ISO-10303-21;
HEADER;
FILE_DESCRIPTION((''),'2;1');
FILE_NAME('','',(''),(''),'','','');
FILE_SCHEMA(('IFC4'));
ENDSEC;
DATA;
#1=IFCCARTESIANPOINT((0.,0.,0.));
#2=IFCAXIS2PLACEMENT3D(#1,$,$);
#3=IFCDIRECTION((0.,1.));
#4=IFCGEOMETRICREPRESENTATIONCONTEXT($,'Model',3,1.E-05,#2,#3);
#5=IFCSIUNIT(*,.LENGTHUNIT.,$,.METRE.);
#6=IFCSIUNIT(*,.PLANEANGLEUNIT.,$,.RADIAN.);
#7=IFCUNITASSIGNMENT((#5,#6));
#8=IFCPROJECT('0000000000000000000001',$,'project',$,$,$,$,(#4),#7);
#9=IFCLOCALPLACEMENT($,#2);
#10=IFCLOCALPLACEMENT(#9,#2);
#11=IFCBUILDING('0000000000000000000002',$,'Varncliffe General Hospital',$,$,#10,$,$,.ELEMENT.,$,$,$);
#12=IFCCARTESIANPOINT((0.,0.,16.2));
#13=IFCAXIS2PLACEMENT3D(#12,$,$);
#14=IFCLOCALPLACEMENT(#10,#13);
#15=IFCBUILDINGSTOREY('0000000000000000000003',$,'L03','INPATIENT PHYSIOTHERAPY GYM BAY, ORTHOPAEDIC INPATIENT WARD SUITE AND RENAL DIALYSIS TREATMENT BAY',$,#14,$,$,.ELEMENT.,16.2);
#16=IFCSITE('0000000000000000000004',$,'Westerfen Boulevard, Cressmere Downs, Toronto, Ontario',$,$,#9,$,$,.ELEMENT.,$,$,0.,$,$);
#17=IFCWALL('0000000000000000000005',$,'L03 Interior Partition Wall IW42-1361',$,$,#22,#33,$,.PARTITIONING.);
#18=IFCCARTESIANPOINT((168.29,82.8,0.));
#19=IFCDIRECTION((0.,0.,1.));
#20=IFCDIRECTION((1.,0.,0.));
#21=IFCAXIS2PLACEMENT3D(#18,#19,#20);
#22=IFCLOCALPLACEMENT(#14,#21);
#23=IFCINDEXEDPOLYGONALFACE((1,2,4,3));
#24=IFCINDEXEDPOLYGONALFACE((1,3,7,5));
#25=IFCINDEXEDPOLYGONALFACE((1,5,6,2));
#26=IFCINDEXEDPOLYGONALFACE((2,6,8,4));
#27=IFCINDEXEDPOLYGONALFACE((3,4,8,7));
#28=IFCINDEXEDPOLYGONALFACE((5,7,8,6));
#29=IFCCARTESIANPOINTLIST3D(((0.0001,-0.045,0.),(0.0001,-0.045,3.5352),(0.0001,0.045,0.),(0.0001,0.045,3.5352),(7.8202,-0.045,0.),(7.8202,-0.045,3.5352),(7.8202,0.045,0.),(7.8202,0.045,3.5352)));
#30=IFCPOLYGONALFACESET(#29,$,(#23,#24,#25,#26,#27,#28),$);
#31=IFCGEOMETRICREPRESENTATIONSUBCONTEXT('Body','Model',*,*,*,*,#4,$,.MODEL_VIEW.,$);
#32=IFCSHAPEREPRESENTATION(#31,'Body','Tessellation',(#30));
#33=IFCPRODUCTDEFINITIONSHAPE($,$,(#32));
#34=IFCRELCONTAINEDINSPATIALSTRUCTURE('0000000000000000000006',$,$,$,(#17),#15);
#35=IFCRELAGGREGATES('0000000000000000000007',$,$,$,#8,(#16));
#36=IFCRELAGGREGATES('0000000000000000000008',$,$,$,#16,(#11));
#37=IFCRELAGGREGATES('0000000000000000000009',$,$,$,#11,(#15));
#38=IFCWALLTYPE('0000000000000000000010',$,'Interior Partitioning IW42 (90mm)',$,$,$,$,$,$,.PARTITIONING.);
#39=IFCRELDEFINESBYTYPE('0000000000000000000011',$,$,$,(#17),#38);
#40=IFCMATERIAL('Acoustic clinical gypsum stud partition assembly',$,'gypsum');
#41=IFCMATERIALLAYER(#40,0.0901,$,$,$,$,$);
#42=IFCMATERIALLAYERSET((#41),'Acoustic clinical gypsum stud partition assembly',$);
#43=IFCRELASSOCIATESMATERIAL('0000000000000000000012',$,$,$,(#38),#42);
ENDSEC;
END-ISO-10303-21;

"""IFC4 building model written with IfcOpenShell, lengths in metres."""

from ifc_helpers import new_model, si_unit, direction, frame, frame_2d, origin, place, context, subcontext, project, spatial, rectangle, extrude, material, layer, layer_set, type_object, element, save


model = new_model("IFC4")

# Units and contexts
model_context = context("Model", 3, precision=1e-05, world=origin(), true_north=direction((0.0, 1.0)))
body_context = subcontext(model_context, "Body", "Model", "MODEL_VIEW")
ifc_project = project(units=[si_unit("LENGTHUNIT", "METRE"), si_unit("PLANEANGLEUNIT", "RADIAN")], contexts=[model_context])

# Site, building, storey
site_placement = place(None, origin())
site = spatial("IfcSite", under=ifc_project, at=site_placement, Name="Westerfen Boulevard, Cressmere Downs, Toronto, Ontario", CompositionType="ELEMENT", RefElevation=0.0)
building_placement = place(site_placement, origin())
building = spatial("IfcBuilding", under=site, at=building_placement, Name="Varncliffe General Hospital", CompositionType="ELEMENT")
storey_placement = place(building_placement, frame((0.0, 0.0, 16.2)))
storey = spatial("IfcBuildingStorey", under=building, at=storey_placement, Name="L03", Description="INPATIENT PHYSIOTHERAPY GYM BAY, ORTHOPAEDIC INPATIENT WARD SUITE AND RENAL DIALYSIS TREATMENT BAY", CompositionType="ELEMENT", Elevation=16.2)

# Wall
ifc_material_1 = material(Name="Acoustic clinical gypsum stud partition assembly", Category="gypsum")
ifc_layer_1 = layer(ifc_material_1, 0.0901)
ifc_layer_set_1 = layer_set([ifc_layer_1], Name="Acoustic clinical gypsum stud partition assembly")
wall_type_1 = type_object("IfcWallType", Name="Interior Partitioning IW42 (90mm)", PredefinedType="PARTITIONING", material=ifc_layer_set_1)
wall_1_placement = place(storey_placement, frame((168.29, 82.8, 0.0), z_axis=(0.0, 0.0, 1.0), x_axis=(1.0, 0.0, 0.0)))
element("IfcWall", 1, at=wall_1_placement, inside=storey, type_object=wall_type_1, Name="L03 Interior Partition Wall IW42-1361", PredefinedType="PARTITIONING", context=body_context, shape_type="SweptSolid", body=[
    extrude(rectangle(XDim=7.8201, YDim=0.0901, at=frame_2d((3.9102, 0.0))), origin(), (0.0, 0.0, 1.0), 3.5352),
])

save(model, "model.ifc")
